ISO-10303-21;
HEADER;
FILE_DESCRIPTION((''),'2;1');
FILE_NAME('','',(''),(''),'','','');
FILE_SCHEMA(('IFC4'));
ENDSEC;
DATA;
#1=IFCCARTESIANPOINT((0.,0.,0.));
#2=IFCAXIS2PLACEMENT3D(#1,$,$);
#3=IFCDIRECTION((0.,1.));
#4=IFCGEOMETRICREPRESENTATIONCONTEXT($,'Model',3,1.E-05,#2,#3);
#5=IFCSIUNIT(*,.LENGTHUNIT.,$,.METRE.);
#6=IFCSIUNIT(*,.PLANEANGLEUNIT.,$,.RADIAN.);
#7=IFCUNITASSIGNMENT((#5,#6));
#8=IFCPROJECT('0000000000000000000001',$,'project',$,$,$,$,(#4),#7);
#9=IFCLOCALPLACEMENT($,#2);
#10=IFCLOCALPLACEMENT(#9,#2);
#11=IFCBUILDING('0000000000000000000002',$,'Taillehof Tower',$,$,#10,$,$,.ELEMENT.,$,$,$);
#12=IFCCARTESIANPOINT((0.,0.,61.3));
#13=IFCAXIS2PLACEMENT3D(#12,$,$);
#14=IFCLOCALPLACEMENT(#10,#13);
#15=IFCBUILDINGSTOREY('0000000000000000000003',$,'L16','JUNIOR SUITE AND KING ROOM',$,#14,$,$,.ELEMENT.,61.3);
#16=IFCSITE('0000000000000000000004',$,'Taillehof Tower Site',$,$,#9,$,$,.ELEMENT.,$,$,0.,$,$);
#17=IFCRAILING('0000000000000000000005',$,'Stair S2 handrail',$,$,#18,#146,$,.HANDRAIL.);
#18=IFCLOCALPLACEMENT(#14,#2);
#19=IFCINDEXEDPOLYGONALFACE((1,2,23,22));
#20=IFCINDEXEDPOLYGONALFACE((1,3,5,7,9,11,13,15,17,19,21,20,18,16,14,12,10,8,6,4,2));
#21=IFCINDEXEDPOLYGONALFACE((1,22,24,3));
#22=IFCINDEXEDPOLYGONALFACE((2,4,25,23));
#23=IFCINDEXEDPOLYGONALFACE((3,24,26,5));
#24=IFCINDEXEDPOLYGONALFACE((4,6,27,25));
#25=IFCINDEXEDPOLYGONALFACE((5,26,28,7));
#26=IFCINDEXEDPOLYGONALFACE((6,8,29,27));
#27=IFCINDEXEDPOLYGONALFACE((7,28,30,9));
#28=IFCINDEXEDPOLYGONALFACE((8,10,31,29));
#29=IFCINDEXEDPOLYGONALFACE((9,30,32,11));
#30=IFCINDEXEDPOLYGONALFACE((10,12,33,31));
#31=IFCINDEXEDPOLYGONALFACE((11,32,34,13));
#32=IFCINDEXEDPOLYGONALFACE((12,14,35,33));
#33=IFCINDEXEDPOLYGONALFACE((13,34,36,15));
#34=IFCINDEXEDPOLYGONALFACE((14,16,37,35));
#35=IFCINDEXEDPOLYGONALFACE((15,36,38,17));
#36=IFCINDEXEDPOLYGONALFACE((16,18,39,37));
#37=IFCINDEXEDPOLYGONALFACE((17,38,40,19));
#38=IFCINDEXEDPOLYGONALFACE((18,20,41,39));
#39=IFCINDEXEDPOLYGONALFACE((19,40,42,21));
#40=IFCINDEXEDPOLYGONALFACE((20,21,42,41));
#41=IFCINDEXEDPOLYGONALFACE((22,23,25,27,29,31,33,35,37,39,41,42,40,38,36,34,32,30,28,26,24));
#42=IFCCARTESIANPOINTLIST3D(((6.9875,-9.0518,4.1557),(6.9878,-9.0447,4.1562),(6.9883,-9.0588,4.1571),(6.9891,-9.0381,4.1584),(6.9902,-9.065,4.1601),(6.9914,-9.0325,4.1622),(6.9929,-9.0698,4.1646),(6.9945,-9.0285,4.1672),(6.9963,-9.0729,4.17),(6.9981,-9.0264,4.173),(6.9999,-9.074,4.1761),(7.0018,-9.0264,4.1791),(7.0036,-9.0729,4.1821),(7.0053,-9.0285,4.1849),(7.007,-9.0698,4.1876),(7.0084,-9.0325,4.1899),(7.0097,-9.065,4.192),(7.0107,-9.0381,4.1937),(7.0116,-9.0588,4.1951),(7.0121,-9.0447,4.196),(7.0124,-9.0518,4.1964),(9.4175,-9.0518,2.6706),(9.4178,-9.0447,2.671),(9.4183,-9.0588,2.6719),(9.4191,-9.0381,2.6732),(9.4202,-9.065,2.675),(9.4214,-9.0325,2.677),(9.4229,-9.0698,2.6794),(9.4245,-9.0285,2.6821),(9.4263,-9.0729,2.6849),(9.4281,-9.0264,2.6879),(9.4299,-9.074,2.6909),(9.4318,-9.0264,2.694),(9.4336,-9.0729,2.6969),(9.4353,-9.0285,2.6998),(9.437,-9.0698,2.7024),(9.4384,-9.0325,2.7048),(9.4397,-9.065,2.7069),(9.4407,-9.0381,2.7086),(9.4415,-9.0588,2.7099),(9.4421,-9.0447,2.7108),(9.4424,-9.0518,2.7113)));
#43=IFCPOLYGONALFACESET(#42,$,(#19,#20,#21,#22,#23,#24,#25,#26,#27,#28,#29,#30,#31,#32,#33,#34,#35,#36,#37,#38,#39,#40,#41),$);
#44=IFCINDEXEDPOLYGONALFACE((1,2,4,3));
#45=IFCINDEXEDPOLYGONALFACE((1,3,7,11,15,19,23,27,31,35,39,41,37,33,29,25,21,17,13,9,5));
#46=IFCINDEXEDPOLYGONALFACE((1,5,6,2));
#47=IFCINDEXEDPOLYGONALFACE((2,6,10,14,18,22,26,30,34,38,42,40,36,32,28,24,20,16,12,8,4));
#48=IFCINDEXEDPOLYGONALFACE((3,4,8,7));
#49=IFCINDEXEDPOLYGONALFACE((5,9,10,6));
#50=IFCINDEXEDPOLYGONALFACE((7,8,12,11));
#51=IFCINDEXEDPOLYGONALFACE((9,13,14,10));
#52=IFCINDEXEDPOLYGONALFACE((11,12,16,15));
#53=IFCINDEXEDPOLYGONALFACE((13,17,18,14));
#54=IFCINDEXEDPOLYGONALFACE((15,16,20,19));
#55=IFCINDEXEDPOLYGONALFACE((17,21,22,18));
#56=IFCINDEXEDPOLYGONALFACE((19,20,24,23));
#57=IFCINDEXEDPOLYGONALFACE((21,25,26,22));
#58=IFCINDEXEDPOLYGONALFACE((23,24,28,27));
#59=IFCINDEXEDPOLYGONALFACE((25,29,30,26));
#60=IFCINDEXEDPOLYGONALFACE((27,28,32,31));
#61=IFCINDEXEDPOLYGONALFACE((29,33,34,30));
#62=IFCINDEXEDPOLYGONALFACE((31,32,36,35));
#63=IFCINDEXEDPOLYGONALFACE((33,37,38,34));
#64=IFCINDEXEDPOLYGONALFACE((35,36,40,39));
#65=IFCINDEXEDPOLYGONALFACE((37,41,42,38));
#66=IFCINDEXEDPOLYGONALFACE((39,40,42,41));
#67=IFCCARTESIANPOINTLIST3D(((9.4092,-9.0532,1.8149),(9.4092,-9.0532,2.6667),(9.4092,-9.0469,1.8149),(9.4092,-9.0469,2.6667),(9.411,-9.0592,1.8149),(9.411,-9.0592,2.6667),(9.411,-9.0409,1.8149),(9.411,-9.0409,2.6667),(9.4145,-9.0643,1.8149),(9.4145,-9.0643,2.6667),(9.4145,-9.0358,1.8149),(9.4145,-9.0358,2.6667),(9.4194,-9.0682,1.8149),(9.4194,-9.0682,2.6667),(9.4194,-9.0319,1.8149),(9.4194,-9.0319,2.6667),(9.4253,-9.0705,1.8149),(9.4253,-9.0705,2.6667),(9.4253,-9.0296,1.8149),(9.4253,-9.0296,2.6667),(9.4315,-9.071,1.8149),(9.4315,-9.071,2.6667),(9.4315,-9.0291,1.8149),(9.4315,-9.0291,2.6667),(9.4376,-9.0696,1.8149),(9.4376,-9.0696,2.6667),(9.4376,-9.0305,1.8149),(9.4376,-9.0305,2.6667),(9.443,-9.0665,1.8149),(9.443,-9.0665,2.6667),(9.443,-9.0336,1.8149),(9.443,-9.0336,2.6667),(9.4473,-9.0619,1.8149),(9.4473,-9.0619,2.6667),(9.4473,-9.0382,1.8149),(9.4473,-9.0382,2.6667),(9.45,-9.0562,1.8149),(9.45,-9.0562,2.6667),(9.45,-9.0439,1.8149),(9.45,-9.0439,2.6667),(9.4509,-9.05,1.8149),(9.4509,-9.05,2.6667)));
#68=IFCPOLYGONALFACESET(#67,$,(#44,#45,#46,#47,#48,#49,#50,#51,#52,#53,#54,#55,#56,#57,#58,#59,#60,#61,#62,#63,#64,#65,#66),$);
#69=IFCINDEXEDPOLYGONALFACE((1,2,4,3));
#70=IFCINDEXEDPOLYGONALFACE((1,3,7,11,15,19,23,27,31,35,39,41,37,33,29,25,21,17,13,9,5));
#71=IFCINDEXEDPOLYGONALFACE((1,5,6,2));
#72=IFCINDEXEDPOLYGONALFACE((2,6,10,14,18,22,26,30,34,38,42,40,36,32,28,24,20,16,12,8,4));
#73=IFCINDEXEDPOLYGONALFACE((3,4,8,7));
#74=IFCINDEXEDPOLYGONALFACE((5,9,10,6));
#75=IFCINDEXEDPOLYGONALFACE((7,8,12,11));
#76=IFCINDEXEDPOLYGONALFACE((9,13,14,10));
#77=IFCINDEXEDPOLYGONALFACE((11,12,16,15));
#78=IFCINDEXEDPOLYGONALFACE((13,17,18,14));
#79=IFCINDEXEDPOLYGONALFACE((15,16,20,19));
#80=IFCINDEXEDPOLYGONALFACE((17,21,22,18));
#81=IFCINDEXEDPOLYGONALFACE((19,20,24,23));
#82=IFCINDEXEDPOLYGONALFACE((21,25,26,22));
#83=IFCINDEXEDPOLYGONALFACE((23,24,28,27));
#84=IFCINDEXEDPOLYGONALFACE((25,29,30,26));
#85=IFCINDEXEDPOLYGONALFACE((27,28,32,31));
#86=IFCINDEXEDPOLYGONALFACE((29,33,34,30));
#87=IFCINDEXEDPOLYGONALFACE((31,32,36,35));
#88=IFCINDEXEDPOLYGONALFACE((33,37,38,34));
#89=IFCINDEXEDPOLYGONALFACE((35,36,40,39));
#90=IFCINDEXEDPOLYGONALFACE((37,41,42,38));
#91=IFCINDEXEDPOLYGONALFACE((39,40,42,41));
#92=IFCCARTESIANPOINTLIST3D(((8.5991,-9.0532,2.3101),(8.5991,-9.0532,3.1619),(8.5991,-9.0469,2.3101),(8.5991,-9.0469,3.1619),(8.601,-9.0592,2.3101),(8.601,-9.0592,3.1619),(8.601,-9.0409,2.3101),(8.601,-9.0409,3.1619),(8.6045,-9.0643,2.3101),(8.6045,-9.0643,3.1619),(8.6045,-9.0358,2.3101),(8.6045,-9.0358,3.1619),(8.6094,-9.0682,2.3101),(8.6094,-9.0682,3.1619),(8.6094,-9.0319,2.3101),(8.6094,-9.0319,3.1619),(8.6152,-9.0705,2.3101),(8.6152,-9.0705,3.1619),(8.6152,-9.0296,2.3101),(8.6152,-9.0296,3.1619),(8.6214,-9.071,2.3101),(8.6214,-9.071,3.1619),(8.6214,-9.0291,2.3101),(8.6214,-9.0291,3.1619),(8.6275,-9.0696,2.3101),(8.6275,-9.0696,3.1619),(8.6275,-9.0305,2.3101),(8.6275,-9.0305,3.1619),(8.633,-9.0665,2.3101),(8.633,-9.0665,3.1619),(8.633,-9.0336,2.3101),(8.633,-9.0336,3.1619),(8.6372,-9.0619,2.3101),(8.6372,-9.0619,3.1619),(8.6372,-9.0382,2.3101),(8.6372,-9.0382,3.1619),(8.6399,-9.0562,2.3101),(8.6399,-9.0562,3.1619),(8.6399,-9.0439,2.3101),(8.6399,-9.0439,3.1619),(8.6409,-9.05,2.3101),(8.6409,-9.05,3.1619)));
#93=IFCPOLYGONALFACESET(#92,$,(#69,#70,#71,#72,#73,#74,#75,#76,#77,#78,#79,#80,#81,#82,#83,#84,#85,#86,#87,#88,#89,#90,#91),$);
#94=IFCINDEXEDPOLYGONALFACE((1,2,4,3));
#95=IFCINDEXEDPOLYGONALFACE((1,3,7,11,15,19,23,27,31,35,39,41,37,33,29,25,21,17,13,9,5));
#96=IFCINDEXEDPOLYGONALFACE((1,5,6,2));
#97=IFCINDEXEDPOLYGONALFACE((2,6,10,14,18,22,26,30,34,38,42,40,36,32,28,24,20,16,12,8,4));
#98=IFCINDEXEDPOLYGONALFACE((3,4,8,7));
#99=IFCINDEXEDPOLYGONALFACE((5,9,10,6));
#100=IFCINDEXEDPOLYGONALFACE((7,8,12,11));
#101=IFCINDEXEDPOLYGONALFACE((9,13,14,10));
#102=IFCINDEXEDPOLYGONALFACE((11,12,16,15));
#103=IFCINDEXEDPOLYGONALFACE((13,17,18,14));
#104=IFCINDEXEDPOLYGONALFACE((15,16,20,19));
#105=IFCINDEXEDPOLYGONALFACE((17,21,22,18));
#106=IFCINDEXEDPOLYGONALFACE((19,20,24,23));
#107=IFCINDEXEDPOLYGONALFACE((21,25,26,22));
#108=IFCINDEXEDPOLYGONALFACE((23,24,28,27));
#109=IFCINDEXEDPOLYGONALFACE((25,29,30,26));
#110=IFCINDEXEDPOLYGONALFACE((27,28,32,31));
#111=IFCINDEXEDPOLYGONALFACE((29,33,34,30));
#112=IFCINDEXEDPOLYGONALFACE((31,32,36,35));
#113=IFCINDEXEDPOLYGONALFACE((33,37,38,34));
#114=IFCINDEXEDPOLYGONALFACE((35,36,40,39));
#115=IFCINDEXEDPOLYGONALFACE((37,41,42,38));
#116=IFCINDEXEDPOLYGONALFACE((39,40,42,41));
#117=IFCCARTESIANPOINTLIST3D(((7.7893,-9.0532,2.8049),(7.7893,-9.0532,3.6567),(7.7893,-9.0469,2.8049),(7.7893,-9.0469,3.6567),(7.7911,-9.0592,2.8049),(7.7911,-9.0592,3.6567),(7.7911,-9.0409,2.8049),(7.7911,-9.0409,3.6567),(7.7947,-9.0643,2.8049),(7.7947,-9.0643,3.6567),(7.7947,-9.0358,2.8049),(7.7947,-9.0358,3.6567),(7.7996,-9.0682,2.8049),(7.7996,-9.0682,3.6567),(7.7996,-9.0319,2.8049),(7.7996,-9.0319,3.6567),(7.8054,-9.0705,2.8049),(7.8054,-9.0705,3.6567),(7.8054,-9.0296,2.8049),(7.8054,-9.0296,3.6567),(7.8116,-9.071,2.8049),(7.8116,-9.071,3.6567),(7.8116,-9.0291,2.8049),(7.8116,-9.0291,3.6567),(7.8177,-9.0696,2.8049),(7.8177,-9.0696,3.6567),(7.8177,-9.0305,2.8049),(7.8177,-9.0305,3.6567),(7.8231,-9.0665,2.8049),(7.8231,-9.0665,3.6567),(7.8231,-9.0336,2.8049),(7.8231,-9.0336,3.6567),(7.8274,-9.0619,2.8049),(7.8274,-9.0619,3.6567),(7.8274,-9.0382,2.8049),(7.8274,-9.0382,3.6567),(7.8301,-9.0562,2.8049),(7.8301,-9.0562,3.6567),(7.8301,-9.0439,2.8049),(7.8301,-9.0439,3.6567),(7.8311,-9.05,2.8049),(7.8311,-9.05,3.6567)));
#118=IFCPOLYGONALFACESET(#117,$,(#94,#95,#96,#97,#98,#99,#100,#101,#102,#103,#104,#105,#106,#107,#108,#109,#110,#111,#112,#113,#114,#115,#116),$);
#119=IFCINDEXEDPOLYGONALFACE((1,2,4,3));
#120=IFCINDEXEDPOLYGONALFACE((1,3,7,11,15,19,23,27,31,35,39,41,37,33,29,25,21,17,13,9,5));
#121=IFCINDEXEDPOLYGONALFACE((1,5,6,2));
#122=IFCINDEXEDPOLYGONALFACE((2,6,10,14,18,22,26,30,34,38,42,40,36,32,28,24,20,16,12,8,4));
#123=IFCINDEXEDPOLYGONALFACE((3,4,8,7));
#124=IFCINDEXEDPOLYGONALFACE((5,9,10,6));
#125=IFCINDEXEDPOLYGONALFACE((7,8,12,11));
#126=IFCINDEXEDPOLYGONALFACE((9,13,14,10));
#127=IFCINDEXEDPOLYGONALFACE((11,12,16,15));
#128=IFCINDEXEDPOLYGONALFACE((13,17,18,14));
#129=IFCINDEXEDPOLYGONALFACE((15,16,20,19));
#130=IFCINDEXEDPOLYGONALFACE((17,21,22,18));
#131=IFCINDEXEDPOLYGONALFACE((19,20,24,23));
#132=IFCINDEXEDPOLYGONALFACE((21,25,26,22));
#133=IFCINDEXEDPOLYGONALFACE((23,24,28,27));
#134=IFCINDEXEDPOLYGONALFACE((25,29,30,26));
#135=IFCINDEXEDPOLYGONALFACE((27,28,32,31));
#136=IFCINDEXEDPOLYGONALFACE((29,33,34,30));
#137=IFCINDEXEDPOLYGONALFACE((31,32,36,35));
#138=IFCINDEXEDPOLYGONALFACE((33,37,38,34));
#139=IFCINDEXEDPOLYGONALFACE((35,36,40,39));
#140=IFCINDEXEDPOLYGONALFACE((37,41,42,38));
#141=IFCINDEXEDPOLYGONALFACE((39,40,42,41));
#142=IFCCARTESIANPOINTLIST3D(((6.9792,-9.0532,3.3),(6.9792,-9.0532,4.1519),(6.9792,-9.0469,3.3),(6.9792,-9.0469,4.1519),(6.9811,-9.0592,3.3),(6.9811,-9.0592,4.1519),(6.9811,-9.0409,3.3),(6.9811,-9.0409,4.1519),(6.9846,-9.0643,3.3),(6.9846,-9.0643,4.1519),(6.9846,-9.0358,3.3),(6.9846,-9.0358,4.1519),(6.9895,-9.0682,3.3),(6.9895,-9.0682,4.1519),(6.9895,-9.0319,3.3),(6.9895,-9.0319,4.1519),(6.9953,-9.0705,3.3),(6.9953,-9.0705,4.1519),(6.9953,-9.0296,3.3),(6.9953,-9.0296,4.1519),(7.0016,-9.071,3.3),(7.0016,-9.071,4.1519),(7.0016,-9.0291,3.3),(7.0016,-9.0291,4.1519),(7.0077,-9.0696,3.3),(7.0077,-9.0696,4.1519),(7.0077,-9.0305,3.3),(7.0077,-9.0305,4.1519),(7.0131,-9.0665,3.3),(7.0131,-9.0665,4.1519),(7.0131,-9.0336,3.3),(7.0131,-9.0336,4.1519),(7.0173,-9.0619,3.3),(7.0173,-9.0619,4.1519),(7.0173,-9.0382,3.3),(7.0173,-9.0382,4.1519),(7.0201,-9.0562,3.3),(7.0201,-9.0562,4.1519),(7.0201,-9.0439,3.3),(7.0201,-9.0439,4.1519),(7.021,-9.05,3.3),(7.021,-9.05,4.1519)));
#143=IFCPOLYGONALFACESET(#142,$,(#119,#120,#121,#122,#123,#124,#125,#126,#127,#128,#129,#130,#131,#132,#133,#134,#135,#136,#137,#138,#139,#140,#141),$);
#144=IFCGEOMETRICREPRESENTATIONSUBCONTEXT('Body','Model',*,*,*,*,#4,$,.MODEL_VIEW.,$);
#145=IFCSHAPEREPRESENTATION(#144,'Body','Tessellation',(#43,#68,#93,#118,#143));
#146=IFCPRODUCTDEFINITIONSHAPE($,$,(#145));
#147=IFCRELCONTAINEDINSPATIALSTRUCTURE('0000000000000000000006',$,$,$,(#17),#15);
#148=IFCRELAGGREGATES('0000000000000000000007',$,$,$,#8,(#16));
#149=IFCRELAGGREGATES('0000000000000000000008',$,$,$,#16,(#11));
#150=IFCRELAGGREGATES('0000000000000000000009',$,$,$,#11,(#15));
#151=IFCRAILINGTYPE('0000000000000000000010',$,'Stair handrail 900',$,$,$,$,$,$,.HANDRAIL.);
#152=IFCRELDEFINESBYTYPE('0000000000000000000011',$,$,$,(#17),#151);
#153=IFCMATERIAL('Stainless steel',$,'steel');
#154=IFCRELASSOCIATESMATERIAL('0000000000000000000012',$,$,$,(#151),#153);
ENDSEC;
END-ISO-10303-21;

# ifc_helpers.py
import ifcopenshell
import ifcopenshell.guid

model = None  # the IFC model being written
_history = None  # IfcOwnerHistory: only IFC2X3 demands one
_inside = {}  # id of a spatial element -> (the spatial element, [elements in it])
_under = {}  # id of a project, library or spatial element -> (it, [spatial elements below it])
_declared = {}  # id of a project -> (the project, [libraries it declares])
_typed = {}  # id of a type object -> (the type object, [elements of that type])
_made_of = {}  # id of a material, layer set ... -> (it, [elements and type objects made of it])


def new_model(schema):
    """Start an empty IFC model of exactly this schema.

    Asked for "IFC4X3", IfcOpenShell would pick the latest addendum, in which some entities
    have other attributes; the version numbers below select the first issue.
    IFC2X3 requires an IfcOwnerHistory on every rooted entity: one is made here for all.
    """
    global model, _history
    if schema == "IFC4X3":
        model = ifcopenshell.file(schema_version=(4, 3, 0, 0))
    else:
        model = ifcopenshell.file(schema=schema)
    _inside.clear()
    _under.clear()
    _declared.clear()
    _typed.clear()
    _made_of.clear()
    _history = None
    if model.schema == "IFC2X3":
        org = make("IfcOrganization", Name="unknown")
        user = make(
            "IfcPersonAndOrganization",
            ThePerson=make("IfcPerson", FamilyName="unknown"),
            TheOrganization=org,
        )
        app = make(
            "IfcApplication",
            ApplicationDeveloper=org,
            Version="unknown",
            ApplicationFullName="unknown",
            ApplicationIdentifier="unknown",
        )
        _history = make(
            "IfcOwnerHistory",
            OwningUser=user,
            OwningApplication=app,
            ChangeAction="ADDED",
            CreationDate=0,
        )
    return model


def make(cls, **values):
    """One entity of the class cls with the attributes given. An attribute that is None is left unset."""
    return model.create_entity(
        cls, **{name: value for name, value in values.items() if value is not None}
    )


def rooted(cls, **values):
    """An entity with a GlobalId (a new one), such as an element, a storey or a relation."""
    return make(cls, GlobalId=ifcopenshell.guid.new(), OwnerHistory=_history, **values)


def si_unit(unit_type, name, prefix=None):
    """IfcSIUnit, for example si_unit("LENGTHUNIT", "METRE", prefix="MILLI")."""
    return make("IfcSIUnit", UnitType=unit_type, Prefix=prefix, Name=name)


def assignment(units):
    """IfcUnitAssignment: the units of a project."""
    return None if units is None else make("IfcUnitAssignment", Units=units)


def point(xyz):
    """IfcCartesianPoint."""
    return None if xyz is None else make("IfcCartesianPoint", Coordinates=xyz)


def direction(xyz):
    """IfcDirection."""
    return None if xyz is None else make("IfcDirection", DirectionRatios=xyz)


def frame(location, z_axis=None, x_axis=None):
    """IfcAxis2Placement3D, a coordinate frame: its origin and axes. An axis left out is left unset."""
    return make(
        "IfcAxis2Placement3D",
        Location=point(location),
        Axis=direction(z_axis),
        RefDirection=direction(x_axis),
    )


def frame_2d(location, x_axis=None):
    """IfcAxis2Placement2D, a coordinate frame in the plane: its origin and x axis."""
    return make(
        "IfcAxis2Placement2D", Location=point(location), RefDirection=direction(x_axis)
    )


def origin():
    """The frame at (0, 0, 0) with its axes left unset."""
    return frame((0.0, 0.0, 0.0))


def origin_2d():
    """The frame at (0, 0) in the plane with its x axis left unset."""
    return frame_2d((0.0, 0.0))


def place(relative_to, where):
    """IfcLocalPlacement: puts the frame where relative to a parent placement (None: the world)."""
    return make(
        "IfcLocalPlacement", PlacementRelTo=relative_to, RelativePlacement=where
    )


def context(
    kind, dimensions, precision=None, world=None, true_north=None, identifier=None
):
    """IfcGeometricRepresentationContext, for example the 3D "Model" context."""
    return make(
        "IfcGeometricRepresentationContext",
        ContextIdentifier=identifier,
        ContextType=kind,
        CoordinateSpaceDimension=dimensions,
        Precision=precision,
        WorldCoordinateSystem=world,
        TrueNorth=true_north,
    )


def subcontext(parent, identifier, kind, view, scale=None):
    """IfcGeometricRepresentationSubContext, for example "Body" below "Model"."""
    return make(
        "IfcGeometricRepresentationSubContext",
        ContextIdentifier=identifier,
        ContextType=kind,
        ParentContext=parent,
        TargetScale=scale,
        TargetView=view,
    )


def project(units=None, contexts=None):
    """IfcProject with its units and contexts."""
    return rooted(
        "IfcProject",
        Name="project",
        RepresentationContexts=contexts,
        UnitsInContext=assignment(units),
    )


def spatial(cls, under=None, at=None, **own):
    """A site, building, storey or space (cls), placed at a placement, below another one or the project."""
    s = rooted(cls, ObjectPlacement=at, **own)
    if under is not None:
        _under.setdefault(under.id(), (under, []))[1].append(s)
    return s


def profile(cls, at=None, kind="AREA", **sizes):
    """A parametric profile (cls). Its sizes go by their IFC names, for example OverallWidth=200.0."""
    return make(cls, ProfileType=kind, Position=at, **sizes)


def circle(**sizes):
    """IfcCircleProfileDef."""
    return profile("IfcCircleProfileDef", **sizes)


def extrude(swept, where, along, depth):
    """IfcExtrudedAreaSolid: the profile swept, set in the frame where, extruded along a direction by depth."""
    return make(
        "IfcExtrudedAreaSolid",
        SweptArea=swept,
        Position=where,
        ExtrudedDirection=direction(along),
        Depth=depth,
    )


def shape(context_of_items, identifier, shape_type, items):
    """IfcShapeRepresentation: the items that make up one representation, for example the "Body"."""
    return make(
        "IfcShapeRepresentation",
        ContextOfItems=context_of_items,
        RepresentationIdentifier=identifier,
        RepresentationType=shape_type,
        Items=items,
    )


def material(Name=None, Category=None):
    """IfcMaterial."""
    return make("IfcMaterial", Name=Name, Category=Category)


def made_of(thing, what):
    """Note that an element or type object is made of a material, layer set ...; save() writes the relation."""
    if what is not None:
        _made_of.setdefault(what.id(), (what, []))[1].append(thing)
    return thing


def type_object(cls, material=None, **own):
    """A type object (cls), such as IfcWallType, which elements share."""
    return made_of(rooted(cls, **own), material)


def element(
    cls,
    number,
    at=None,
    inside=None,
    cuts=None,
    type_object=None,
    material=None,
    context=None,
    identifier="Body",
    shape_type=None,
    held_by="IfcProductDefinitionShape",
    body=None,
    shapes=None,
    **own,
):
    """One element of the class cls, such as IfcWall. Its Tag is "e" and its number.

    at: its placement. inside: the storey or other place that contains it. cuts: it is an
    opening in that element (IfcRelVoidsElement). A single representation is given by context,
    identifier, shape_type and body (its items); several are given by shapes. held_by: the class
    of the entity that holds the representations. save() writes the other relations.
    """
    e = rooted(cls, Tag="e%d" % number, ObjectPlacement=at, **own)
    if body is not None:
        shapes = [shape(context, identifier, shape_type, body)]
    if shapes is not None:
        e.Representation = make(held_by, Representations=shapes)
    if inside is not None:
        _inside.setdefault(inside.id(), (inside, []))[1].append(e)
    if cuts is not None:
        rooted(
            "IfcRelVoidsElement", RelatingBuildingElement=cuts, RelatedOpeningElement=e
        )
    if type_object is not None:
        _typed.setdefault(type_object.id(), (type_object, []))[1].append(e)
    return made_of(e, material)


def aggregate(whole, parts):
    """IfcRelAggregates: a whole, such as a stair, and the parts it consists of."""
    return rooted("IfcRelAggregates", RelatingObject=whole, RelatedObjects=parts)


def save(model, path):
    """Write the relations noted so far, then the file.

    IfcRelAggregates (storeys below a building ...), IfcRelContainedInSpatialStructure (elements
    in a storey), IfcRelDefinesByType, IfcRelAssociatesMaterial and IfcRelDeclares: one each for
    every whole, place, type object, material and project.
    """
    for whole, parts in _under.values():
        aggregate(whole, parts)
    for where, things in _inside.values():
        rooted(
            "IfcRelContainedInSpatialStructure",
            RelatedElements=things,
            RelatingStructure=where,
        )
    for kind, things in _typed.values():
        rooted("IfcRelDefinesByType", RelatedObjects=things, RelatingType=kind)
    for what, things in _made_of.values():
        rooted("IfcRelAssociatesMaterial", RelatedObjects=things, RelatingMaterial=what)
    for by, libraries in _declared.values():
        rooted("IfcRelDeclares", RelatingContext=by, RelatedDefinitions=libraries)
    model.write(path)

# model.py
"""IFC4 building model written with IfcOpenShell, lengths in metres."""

from ifc_helpers import new_model, si_unit, direction, frame, origin, origin_2d, place, context, subcontext, project, spatial, circle, extrude, material, type_object, element, save


model = new_model("IFC4")

# Units and contexts
model_context = context("Model", 3, precision=1e-05, world=origin(), true_north=direction((0.0, 1.0)))
body_context = subcontext(model_context, "Body", "Model", "MODEL_VIEW")
ifc_project = project(units=[si_unit("LENGTHUNIT", "METRE"), si_unit("PLANEANGLEUNIT", "RADIAN")], contexts=[model_context])

# Site, building, storey
site_placement = place(None, origin())
site = spatial("IfcSite", under=ifc_project, at=site_placement, Name="Taillehof Tower Site", CompositionType="ELEMENT", RefElevation=0.0)
building_placement = place(site_placement, origin())
building = spatial("IfcBuilding", under=site, at=building_placement, Name="Taillehof Tower", CompositionType="ELEMENT")
storey_placement = place(building_placement, frame((0.0, 0.0, 61.3)))
storey = spatial("IfcBuildingStorey", under=building, at=storey_placement, Name="L16", Description="JUNIOR SUITE AND KING ROOM", CompositionType="ELEMENT", Elevation=61.3)

# Railing
ifc_material_1 = material(Name="Stainless steel", Category="steel")
railing_type = type_object("IfcRailingType", Name="Stair handrail 900", PredefinedType="HANDRAIL", material=ifc_material_1)
railing_1_placement = place(storey_placement, frame((9.4299, -9.05, 1.8149)))
element("IfcRailing", 1, at=railing_1_placement, inside=storey, type_object=railing_type, Name="Stair S2 handrail", PredefinedType="HANDRAIL", context=body_context, shape_type="SweptSolid", body=[
    extrude(circle(Radius=0.0239, at=origin_2d()), frame((0.0, 0.0, 0.876), z_axis=(-0.853259, 0.0, 0.521488), x_axis=(0.0, -1.0, 0.0)), (0.0, 0.0, 1.0), 2.8479),
    extrude(circle(Radius=0.021, at=origin_2d()), origin(), (0.0, 0.0, 1.0), 0.8518),
    extrude(circle(Radius=0.021, at=origin_2d()), frame((-0.8101, 0.0, 0.4951)), (0.0, 0.0, 1.0), 0.8518),
    extrude(circle(Radius=0.021, at=origin_2d()), frame((-1.6199, 0.0, 0.99)), (0.0, 0.0, 1.0), 0.8518),
    extrude(circle(Radius=0.021, at=origin_2d()), frame((-2.4299, 0.0, 1.4851)), (0.0, 0.0, 1.0), 0.8518),
])

save(model, "model.ifc")
